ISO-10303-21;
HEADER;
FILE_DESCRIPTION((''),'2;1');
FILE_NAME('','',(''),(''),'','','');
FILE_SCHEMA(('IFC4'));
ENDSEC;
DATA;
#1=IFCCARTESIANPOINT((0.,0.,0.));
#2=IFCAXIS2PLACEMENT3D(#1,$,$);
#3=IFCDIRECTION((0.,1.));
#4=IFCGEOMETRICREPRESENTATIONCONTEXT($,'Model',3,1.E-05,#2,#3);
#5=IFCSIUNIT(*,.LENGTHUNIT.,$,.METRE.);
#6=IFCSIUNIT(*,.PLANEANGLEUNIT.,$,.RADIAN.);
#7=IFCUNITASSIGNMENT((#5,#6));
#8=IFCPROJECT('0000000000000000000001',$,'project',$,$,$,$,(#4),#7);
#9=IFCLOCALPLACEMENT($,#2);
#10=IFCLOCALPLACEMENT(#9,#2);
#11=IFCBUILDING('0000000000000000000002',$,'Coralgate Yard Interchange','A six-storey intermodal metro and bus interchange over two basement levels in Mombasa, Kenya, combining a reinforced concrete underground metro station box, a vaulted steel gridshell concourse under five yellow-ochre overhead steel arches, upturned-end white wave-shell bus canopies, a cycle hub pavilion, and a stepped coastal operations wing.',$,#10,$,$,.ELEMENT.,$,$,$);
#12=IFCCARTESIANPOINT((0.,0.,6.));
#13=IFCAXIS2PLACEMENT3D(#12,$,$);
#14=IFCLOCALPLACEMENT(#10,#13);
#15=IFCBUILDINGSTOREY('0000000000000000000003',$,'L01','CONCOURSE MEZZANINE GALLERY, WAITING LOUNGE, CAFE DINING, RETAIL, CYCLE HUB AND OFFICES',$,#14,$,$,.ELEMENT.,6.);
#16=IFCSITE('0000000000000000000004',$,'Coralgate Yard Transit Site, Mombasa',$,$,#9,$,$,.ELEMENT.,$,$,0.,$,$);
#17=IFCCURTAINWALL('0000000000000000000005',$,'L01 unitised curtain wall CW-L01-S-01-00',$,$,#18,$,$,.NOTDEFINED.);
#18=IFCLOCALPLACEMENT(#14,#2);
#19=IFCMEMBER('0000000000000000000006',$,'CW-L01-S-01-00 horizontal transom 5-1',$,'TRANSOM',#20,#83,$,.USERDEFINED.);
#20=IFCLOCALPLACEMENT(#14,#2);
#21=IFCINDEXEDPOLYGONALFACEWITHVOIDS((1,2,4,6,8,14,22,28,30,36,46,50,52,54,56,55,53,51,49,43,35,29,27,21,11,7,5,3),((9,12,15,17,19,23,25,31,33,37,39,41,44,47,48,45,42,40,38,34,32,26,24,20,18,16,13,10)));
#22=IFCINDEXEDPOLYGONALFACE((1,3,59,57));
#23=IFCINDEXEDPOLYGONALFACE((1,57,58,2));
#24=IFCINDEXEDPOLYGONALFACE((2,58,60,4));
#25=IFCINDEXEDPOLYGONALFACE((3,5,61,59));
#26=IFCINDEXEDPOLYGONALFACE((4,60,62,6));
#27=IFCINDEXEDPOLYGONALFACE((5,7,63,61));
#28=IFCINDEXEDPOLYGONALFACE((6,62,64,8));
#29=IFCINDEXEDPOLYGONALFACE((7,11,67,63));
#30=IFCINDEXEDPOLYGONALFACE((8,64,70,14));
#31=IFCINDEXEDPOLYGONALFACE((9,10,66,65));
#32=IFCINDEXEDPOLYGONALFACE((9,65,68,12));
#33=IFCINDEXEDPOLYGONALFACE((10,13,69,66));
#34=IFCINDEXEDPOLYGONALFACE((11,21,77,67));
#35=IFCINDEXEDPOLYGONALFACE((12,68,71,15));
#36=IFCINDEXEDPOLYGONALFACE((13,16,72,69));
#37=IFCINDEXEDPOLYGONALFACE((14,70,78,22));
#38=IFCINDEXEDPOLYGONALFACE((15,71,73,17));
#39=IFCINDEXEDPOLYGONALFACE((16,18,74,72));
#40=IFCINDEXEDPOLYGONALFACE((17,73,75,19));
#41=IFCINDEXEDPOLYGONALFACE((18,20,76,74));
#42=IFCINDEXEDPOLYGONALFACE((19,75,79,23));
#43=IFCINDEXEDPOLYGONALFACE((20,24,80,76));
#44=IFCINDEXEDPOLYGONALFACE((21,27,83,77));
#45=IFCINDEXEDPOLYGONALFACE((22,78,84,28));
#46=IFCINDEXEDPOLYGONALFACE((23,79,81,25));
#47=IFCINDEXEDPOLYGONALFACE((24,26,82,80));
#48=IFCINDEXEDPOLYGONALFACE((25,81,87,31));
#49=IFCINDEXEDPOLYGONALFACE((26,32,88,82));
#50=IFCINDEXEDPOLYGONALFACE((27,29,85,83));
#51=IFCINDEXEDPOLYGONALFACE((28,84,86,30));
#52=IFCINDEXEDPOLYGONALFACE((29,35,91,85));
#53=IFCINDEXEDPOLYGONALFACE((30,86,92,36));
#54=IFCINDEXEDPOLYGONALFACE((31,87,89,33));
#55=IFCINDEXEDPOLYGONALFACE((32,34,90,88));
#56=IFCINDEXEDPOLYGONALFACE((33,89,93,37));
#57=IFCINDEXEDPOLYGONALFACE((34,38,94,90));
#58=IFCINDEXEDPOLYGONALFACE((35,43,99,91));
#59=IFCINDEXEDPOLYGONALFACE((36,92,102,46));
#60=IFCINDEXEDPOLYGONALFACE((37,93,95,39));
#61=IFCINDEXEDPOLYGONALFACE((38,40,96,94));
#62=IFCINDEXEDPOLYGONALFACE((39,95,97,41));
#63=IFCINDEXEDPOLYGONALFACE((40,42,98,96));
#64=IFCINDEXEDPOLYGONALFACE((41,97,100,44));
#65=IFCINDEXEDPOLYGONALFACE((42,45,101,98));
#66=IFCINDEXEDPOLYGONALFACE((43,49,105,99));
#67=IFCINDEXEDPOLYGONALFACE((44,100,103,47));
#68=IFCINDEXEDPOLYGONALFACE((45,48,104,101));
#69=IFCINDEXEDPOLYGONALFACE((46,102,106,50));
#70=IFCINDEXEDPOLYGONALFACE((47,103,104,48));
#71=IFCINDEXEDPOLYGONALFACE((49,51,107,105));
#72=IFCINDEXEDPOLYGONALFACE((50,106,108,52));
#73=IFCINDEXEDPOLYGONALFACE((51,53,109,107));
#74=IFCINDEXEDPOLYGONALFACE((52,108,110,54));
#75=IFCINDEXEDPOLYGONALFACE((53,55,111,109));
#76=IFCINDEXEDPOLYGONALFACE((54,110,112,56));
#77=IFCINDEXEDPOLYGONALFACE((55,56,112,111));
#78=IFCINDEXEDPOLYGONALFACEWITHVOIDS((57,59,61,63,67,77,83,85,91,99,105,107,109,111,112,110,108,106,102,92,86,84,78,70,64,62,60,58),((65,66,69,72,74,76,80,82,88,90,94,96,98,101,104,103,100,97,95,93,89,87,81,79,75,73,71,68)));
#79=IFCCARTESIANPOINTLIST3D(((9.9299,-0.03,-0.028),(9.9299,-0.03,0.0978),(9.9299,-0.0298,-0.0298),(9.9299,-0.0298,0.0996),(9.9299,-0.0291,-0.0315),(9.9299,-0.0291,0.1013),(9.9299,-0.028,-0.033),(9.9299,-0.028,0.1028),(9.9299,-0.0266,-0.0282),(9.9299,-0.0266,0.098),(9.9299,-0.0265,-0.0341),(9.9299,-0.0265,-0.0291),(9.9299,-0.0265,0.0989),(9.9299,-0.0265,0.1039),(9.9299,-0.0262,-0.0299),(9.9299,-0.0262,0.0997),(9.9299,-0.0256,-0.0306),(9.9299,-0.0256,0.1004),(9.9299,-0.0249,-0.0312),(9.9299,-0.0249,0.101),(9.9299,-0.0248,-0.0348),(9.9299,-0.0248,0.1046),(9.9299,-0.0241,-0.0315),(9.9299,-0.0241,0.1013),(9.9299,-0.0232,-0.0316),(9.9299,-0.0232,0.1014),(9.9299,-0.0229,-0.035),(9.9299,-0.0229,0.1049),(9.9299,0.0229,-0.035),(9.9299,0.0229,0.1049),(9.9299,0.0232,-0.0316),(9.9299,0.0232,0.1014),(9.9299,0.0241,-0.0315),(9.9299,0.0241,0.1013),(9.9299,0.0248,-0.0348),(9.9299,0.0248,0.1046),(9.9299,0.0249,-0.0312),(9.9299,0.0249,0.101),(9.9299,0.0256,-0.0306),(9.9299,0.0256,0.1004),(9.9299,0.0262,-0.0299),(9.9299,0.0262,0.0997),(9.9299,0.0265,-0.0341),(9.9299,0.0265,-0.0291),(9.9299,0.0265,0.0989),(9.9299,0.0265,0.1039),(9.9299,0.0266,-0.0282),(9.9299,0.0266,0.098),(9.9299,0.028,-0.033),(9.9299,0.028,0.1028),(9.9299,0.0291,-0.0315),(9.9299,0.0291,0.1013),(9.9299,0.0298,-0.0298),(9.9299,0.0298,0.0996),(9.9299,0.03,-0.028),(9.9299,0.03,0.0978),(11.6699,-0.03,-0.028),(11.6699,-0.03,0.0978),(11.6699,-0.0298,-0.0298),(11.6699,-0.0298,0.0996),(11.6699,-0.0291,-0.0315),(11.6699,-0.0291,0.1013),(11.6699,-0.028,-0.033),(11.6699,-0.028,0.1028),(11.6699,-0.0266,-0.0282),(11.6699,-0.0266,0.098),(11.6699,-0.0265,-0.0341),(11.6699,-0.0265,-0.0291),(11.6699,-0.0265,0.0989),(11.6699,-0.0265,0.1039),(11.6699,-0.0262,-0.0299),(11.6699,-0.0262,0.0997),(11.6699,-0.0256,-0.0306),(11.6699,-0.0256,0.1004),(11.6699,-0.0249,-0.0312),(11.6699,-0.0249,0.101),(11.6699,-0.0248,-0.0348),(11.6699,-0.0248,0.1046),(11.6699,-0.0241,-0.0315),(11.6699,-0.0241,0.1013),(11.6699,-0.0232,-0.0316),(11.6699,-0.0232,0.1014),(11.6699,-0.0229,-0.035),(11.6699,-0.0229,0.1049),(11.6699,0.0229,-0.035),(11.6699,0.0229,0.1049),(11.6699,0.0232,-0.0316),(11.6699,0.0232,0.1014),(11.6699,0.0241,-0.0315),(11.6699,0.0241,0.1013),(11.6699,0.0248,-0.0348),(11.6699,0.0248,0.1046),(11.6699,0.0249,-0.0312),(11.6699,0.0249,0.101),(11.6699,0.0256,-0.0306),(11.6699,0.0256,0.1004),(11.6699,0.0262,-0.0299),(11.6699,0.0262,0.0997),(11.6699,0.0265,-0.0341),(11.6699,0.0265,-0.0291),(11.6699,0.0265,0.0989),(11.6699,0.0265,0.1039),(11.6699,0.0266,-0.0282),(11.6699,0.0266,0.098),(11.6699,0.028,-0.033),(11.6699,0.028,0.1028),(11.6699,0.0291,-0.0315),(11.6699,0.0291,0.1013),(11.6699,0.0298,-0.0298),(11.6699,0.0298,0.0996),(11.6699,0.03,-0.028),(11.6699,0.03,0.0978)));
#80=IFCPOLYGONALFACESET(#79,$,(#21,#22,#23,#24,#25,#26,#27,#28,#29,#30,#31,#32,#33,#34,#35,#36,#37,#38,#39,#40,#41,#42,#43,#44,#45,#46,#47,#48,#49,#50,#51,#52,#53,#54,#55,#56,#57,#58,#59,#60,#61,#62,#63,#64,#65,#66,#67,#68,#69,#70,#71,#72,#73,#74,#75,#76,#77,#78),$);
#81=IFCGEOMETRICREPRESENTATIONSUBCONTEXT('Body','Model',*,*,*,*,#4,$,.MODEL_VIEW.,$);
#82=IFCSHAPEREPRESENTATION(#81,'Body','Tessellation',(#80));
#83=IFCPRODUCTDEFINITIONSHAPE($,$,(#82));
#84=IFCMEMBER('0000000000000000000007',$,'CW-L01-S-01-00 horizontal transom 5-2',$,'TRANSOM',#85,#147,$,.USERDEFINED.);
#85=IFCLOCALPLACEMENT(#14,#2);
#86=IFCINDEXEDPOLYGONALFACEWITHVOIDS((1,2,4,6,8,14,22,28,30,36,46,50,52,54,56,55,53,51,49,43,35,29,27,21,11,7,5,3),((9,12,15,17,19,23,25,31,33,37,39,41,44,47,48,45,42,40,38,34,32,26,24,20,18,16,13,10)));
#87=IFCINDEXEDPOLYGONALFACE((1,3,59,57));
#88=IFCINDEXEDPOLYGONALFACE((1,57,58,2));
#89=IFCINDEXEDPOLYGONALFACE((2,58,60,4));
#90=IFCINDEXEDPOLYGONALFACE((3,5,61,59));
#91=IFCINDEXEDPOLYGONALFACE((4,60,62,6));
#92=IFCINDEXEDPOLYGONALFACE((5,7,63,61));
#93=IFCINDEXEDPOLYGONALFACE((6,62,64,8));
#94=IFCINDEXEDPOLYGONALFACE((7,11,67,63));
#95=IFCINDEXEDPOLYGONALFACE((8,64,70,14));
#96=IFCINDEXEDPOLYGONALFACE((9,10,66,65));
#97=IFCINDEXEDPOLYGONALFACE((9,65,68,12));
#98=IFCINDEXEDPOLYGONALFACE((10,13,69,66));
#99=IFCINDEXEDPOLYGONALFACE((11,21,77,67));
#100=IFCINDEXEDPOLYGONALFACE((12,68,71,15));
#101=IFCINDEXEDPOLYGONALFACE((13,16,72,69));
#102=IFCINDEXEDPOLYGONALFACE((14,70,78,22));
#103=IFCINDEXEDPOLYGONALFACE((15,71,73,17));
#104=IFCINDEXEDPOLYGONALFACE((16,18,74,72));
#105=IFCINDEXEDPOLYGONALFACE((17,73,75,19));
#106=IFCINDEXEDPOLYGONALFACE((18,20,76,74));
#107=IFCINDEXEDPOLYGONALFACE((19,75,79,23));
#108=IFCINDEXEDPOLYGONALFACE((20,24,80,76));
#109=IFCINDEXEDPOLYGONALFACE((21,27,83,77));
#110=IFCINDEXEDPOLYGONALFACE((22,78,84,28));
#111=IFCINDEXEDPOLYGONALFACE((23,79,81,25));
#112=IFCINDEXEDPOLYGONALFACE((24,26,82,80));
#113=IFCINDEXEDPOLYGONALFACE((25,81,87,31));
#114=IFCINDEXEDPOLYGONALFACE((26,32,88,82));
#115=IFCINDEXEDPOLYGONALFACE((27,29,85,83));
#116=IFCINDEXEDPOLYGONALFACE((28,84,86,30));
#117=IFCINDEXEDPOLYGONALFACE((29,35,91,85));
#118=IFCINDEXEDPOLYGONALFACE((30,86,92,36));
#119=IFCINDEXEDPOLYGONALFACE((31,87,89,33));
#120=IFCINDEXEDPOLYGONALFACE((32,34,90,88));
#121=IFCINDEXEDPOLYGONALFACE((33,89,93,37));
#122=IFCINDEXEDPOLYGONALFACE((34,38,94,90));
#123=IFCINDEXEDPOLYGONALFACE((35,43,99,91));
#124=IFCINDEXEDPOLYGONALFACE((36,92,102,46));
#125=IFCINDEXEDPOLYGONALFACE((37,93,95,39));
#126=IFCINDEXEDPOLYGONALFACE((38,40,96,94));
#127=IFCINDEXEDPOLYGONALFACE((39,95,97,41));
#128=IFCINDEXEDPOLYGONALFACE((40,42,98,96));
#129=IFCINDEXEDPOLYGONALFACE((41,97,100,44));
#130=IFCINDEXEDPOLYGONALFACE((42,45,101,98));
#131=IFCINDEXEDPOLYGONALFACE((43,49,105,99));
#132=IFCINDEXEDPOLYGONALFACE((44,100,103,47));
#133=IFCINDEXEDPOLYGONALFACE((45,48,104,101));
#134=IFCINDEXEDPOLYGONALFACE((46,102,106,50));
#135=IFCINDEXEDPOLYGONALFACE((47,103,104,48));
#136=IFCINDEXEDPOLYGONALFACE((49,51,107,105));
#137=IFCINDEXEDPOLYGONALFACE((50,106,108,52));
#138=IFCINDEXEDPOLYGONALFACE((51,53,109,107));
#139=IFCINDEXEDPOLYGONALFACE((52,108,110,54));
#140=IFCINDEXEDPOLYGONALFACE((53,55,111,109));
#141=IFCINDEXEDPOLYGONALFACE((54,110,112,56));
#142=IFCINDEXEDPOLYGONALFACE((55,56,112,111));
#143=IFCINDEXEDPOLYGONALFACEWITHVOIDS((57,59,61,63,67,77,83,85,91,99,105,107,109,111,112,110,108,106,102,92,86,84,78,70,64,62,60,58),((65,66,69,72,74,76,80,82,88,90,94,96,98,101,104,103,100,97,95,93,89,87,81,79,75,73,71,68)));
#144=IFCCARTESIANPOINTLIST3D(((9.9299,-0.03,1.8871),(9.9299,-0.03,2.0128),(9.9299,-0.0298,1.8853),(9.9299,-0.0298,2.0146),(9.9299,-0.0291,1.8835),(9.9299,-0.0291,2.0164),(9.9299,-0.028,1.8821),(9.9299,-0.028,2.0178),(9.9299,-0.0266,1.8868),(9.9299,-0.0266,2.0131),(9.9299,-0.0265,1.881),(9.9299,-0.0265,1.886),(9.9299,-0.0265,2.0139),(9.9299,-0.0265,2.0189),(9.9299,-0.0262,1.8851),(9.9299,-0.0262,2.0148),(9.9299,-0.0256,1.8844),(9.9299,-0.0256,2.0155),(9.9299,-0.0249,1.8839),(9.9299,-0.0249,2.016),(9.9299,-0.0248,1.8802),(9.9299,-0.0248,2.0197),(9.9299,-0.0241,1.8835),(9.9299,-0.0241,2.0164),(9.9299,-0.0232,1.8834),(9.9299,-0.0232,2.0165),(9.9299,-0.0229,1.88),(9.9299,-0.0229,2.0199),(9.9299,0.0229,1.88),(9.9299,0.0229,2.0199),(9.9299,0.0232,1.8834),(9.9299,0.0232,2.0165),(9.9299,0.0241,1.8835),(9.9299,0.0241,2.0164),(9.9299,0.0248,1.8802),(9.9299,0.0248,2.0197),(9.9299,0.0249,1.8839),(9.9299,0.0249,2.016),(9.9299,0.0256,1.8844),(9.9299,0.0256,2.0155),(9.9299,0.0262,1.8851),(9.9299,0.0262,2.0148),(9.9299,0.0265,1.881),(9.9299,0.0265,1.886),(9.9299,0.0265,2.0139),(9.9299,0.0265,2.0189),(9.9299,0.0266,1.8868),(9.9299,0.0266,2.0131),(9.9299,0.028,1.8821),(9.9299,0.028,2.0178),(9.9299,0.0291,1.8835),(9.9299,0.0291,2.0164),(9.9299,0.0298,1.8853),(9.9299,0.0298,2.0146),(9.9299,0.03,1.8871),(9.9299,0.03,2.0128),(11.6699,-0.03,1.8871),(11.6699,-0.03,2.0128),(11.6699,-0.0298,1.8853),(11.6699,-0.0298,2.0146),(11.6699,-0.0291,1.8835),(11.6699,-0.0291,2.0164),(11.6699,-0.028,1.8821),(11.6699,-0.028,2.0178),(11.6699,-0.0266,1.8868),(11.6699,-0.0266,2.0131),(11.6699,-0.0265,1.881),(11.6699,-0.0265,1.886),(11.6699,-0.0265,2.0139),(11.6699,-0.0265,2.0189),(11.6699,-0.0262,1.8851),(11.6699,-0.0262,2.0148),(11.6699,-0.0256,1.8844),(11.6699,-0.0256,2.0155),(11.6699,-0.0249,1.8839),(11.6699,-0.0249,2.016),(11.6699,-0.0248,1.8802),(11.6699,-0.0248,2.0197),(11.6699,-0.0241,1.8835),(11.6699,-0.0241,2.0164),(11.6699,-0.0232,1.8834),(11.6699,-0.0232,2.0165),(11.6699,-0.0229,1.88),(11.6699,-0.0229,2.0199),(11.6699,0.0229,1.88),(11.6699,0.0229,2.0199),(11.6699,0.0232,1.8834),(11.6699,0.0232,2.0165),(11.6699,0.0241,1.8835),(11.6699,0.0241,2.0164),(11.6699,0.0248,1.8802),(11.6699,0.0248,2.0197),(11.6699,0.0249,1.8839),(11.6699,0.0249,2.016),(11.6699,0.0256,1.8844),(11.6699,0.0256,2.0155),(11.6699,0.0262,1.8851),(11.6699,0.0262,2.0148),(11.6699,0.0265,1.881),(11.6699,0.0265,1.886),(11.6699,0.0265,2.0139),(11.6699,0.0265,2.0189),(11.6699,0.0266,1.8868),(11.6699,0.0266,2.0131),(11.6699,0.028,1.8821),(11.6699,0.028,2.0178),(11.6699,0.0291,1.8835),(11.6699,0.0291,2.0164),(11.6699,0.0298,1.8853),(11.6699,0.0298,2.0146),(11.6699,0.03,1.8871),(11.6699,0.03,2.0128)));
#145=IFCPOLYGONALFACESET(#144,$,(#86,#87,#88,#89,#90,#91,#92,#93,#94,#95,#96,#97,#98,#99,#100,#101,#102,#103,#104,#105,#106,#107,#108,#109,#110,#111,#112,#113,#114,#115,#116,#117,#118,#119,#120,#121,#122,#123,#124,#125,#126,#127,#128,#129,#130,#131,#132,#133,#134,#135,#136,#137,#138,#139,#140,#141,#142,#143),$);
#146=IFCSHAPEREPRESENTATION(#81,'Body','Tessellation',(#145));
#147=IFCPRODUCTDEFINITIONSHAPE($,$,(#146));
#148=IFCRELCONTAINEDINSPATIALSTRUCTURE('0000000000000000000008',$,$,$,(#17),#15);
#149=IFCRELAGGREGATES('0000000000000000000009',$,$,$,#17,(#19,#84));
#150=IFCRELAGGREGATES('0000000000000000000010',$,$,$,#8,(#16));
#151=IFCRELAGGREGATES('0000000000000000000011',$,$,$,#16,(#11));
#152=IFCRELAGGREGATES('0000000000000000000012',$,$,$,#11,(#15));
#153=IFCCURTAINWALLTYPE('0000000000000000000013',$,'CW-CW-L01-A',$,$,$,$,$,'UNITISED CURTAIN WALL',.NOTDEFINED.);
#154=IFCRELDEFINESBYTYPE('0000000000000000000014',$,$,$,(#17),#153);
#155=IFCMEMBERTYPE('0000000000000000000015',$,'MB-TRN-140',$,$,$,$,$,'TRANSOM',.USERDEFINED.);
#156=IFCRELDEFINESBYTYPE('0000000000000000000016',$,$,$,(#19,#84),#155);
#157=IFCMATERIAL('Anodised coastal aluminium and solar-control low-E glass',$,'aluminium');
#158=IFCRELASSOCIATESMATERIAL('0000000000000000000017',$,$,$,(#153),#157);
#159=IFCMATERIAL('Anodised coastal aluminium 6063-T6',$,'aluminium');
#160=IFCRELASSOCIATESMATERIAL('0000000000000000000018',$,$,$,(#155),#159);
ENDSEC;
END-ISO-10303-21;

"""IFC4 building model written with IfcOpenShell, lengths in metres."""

from ifc_helpers import new_model, si_unit, direction, frame, origin, origin_2d, place, context, subcontext, project, spatial, hollow_rectangle, extrude, material, material_profile, profile_set, type_object, element, aggregate, save


model = new_model("IFC4")

# Units and contexts
model_context = context("Model", 3, precision=1e-05, world=origin(), true_north=direction((0.0, 1.0)))
body_context = subcontext(model_context, "Body", "Model", "MODEL_VIEW")
ifc_project = project(units=[si_unit("LENGTHUNIT", "METRE"), si_unit("PLANEANGLEUNIT", "RADIAN")], contexts=[model_context])

# Site, building, storey
site_placement = place(None, origin())
site = spatial("IfcSite", under=ifc_project, at=site_placement, Name="Coralgate Yard Transit Site, Mombasa", CompositionType="ELEMENT", RefElevation=0.0)
building_placement = place(site_placement, origin())
building = spatial("IfcBuilding", under=site, at=building_placement, Name="Coralgate Yard Interchange", Description="A six-storey intermodal metro and bus interchange over two basement levels in Mombasa, Kenya, combining a reinforced concrete underground metro station box, a vaulted steel gridshell concourse under five yellow-ochre overhead steel arches, upturned-end white wave-shell bus canopies, a cycle hub pavilion, and a stepped coastal operations wing.", CompositionType="ELEMENT")
storey_placement = place(building_placement, frame((0.0, 0.0, 6.0)))
storey = spatial("IfcBuildingStorey", under=building, at=storey_placement, Name="L01", Description="CONCOURSE MEZZANINE GALLERY, WAITING LOUNGE, CAFE DINING, RETAIL, CYCLE HUB AND OFFICES", CompositionType="ELEMENT", Elevation=6.0)

# Curtain wall, members
ifc_material_1 = material(Name="Anodised coastal aluminium and solar-control low-E glass", Category="aluminium")
curtain_wall_type = type_object("IfcCurtainWallType", Name="CW-CW-L01-A", ElementType="UNITISED CURTAIN WALL", PredefinedType="NOTDEFINED", material=ifc_material_1)
curtain_wall_placement = place(storey_placement, origin())
curtain_wall = element("IfcCurtainWall", 1, at=curtain_wall_placement, inside=storey, type_object=curtain_wall_type, Name="L01 unitised curtain wall CW-L01-S-01-00", PredefinedType="NOTDEFINED")
ifc_material_2 = material(Name="Anodised coastal aluminium 6063-T6", Category="aluminium")
ifc_material_profile_1 = material_profile(ifc_material_2, hollow_rectangle(XDim=0.0601, YDim=0.1399, WallThickness=0.0034, InnerFilletRadius=0.0034, OuterFilletRadius=0.0071, at=origin_2d()), Name="ALU 60x140x3.5")
ifc_profile_set_1 = profile_set([ifc_material_profile_1], Name="Anodised coastal aluminium 6063-T6")
member_type_1 = type_object("IfcMemberType", Name="MB-TRN-140", ElementType="TRANSOM", PredefinedType="USERDEFINED", material=ifc_profile_set_1)
member_1_placement = place(storey_placement, frame((11.6699, 0.0, 0.0349), z_axis=(-1.0, 0.0, 0.0), x_axis=(0.0, -1.0, 0.0)))
member_1 = element("IfcMember", 2, at=member_1_placement, type_object=member_type_1, Name="CW-L01-S-01-00 horizontal transom 5-1", ObjectType="TRANSOM", PredefinedType="USERDEFINED", context=body_context, shape_type="SweptSolid", body=[
    extrude(hollow_rectangle(XDim=0.0601, YDim=0.1399, WallThickness=0.0034, InnerFilletRadius=0.0034, OuterFilletRadius=0.0071, at=origin_2d()), origin(), (0.0, 0.0, 1.0), 1.74),
])
member_2_placement = place(storey_placement, frame((11.6699, 0.0, 1.95), z_axis=(-1.0, 0.0, 0.0), x_axis=(0.0, -1.0, 0.0)))
member_2 = element("IfcMember", 3, at=member_2_placement, type_object=member_type_1, Name="CW-L01-S-01-00 horizontal transom 5-2", ObjectType="TRANSOM", PredefinedType="USERDEFINED", context=body_context, shape_type="SweptSolid", body=[
    extrude(hollow_rectangle(XDim=0.0601, YDim=0.1399, WallThickness=0.0034, InnerFilletRadius=0.0034, OuterFilletRadius=0.0071, at=origin_2d()), origin(), (0.0, 0.0, 1.0), 1.74),
])
aggregate(curtain_wall, [member_1, member_2])

save(model, "model.ifc")
